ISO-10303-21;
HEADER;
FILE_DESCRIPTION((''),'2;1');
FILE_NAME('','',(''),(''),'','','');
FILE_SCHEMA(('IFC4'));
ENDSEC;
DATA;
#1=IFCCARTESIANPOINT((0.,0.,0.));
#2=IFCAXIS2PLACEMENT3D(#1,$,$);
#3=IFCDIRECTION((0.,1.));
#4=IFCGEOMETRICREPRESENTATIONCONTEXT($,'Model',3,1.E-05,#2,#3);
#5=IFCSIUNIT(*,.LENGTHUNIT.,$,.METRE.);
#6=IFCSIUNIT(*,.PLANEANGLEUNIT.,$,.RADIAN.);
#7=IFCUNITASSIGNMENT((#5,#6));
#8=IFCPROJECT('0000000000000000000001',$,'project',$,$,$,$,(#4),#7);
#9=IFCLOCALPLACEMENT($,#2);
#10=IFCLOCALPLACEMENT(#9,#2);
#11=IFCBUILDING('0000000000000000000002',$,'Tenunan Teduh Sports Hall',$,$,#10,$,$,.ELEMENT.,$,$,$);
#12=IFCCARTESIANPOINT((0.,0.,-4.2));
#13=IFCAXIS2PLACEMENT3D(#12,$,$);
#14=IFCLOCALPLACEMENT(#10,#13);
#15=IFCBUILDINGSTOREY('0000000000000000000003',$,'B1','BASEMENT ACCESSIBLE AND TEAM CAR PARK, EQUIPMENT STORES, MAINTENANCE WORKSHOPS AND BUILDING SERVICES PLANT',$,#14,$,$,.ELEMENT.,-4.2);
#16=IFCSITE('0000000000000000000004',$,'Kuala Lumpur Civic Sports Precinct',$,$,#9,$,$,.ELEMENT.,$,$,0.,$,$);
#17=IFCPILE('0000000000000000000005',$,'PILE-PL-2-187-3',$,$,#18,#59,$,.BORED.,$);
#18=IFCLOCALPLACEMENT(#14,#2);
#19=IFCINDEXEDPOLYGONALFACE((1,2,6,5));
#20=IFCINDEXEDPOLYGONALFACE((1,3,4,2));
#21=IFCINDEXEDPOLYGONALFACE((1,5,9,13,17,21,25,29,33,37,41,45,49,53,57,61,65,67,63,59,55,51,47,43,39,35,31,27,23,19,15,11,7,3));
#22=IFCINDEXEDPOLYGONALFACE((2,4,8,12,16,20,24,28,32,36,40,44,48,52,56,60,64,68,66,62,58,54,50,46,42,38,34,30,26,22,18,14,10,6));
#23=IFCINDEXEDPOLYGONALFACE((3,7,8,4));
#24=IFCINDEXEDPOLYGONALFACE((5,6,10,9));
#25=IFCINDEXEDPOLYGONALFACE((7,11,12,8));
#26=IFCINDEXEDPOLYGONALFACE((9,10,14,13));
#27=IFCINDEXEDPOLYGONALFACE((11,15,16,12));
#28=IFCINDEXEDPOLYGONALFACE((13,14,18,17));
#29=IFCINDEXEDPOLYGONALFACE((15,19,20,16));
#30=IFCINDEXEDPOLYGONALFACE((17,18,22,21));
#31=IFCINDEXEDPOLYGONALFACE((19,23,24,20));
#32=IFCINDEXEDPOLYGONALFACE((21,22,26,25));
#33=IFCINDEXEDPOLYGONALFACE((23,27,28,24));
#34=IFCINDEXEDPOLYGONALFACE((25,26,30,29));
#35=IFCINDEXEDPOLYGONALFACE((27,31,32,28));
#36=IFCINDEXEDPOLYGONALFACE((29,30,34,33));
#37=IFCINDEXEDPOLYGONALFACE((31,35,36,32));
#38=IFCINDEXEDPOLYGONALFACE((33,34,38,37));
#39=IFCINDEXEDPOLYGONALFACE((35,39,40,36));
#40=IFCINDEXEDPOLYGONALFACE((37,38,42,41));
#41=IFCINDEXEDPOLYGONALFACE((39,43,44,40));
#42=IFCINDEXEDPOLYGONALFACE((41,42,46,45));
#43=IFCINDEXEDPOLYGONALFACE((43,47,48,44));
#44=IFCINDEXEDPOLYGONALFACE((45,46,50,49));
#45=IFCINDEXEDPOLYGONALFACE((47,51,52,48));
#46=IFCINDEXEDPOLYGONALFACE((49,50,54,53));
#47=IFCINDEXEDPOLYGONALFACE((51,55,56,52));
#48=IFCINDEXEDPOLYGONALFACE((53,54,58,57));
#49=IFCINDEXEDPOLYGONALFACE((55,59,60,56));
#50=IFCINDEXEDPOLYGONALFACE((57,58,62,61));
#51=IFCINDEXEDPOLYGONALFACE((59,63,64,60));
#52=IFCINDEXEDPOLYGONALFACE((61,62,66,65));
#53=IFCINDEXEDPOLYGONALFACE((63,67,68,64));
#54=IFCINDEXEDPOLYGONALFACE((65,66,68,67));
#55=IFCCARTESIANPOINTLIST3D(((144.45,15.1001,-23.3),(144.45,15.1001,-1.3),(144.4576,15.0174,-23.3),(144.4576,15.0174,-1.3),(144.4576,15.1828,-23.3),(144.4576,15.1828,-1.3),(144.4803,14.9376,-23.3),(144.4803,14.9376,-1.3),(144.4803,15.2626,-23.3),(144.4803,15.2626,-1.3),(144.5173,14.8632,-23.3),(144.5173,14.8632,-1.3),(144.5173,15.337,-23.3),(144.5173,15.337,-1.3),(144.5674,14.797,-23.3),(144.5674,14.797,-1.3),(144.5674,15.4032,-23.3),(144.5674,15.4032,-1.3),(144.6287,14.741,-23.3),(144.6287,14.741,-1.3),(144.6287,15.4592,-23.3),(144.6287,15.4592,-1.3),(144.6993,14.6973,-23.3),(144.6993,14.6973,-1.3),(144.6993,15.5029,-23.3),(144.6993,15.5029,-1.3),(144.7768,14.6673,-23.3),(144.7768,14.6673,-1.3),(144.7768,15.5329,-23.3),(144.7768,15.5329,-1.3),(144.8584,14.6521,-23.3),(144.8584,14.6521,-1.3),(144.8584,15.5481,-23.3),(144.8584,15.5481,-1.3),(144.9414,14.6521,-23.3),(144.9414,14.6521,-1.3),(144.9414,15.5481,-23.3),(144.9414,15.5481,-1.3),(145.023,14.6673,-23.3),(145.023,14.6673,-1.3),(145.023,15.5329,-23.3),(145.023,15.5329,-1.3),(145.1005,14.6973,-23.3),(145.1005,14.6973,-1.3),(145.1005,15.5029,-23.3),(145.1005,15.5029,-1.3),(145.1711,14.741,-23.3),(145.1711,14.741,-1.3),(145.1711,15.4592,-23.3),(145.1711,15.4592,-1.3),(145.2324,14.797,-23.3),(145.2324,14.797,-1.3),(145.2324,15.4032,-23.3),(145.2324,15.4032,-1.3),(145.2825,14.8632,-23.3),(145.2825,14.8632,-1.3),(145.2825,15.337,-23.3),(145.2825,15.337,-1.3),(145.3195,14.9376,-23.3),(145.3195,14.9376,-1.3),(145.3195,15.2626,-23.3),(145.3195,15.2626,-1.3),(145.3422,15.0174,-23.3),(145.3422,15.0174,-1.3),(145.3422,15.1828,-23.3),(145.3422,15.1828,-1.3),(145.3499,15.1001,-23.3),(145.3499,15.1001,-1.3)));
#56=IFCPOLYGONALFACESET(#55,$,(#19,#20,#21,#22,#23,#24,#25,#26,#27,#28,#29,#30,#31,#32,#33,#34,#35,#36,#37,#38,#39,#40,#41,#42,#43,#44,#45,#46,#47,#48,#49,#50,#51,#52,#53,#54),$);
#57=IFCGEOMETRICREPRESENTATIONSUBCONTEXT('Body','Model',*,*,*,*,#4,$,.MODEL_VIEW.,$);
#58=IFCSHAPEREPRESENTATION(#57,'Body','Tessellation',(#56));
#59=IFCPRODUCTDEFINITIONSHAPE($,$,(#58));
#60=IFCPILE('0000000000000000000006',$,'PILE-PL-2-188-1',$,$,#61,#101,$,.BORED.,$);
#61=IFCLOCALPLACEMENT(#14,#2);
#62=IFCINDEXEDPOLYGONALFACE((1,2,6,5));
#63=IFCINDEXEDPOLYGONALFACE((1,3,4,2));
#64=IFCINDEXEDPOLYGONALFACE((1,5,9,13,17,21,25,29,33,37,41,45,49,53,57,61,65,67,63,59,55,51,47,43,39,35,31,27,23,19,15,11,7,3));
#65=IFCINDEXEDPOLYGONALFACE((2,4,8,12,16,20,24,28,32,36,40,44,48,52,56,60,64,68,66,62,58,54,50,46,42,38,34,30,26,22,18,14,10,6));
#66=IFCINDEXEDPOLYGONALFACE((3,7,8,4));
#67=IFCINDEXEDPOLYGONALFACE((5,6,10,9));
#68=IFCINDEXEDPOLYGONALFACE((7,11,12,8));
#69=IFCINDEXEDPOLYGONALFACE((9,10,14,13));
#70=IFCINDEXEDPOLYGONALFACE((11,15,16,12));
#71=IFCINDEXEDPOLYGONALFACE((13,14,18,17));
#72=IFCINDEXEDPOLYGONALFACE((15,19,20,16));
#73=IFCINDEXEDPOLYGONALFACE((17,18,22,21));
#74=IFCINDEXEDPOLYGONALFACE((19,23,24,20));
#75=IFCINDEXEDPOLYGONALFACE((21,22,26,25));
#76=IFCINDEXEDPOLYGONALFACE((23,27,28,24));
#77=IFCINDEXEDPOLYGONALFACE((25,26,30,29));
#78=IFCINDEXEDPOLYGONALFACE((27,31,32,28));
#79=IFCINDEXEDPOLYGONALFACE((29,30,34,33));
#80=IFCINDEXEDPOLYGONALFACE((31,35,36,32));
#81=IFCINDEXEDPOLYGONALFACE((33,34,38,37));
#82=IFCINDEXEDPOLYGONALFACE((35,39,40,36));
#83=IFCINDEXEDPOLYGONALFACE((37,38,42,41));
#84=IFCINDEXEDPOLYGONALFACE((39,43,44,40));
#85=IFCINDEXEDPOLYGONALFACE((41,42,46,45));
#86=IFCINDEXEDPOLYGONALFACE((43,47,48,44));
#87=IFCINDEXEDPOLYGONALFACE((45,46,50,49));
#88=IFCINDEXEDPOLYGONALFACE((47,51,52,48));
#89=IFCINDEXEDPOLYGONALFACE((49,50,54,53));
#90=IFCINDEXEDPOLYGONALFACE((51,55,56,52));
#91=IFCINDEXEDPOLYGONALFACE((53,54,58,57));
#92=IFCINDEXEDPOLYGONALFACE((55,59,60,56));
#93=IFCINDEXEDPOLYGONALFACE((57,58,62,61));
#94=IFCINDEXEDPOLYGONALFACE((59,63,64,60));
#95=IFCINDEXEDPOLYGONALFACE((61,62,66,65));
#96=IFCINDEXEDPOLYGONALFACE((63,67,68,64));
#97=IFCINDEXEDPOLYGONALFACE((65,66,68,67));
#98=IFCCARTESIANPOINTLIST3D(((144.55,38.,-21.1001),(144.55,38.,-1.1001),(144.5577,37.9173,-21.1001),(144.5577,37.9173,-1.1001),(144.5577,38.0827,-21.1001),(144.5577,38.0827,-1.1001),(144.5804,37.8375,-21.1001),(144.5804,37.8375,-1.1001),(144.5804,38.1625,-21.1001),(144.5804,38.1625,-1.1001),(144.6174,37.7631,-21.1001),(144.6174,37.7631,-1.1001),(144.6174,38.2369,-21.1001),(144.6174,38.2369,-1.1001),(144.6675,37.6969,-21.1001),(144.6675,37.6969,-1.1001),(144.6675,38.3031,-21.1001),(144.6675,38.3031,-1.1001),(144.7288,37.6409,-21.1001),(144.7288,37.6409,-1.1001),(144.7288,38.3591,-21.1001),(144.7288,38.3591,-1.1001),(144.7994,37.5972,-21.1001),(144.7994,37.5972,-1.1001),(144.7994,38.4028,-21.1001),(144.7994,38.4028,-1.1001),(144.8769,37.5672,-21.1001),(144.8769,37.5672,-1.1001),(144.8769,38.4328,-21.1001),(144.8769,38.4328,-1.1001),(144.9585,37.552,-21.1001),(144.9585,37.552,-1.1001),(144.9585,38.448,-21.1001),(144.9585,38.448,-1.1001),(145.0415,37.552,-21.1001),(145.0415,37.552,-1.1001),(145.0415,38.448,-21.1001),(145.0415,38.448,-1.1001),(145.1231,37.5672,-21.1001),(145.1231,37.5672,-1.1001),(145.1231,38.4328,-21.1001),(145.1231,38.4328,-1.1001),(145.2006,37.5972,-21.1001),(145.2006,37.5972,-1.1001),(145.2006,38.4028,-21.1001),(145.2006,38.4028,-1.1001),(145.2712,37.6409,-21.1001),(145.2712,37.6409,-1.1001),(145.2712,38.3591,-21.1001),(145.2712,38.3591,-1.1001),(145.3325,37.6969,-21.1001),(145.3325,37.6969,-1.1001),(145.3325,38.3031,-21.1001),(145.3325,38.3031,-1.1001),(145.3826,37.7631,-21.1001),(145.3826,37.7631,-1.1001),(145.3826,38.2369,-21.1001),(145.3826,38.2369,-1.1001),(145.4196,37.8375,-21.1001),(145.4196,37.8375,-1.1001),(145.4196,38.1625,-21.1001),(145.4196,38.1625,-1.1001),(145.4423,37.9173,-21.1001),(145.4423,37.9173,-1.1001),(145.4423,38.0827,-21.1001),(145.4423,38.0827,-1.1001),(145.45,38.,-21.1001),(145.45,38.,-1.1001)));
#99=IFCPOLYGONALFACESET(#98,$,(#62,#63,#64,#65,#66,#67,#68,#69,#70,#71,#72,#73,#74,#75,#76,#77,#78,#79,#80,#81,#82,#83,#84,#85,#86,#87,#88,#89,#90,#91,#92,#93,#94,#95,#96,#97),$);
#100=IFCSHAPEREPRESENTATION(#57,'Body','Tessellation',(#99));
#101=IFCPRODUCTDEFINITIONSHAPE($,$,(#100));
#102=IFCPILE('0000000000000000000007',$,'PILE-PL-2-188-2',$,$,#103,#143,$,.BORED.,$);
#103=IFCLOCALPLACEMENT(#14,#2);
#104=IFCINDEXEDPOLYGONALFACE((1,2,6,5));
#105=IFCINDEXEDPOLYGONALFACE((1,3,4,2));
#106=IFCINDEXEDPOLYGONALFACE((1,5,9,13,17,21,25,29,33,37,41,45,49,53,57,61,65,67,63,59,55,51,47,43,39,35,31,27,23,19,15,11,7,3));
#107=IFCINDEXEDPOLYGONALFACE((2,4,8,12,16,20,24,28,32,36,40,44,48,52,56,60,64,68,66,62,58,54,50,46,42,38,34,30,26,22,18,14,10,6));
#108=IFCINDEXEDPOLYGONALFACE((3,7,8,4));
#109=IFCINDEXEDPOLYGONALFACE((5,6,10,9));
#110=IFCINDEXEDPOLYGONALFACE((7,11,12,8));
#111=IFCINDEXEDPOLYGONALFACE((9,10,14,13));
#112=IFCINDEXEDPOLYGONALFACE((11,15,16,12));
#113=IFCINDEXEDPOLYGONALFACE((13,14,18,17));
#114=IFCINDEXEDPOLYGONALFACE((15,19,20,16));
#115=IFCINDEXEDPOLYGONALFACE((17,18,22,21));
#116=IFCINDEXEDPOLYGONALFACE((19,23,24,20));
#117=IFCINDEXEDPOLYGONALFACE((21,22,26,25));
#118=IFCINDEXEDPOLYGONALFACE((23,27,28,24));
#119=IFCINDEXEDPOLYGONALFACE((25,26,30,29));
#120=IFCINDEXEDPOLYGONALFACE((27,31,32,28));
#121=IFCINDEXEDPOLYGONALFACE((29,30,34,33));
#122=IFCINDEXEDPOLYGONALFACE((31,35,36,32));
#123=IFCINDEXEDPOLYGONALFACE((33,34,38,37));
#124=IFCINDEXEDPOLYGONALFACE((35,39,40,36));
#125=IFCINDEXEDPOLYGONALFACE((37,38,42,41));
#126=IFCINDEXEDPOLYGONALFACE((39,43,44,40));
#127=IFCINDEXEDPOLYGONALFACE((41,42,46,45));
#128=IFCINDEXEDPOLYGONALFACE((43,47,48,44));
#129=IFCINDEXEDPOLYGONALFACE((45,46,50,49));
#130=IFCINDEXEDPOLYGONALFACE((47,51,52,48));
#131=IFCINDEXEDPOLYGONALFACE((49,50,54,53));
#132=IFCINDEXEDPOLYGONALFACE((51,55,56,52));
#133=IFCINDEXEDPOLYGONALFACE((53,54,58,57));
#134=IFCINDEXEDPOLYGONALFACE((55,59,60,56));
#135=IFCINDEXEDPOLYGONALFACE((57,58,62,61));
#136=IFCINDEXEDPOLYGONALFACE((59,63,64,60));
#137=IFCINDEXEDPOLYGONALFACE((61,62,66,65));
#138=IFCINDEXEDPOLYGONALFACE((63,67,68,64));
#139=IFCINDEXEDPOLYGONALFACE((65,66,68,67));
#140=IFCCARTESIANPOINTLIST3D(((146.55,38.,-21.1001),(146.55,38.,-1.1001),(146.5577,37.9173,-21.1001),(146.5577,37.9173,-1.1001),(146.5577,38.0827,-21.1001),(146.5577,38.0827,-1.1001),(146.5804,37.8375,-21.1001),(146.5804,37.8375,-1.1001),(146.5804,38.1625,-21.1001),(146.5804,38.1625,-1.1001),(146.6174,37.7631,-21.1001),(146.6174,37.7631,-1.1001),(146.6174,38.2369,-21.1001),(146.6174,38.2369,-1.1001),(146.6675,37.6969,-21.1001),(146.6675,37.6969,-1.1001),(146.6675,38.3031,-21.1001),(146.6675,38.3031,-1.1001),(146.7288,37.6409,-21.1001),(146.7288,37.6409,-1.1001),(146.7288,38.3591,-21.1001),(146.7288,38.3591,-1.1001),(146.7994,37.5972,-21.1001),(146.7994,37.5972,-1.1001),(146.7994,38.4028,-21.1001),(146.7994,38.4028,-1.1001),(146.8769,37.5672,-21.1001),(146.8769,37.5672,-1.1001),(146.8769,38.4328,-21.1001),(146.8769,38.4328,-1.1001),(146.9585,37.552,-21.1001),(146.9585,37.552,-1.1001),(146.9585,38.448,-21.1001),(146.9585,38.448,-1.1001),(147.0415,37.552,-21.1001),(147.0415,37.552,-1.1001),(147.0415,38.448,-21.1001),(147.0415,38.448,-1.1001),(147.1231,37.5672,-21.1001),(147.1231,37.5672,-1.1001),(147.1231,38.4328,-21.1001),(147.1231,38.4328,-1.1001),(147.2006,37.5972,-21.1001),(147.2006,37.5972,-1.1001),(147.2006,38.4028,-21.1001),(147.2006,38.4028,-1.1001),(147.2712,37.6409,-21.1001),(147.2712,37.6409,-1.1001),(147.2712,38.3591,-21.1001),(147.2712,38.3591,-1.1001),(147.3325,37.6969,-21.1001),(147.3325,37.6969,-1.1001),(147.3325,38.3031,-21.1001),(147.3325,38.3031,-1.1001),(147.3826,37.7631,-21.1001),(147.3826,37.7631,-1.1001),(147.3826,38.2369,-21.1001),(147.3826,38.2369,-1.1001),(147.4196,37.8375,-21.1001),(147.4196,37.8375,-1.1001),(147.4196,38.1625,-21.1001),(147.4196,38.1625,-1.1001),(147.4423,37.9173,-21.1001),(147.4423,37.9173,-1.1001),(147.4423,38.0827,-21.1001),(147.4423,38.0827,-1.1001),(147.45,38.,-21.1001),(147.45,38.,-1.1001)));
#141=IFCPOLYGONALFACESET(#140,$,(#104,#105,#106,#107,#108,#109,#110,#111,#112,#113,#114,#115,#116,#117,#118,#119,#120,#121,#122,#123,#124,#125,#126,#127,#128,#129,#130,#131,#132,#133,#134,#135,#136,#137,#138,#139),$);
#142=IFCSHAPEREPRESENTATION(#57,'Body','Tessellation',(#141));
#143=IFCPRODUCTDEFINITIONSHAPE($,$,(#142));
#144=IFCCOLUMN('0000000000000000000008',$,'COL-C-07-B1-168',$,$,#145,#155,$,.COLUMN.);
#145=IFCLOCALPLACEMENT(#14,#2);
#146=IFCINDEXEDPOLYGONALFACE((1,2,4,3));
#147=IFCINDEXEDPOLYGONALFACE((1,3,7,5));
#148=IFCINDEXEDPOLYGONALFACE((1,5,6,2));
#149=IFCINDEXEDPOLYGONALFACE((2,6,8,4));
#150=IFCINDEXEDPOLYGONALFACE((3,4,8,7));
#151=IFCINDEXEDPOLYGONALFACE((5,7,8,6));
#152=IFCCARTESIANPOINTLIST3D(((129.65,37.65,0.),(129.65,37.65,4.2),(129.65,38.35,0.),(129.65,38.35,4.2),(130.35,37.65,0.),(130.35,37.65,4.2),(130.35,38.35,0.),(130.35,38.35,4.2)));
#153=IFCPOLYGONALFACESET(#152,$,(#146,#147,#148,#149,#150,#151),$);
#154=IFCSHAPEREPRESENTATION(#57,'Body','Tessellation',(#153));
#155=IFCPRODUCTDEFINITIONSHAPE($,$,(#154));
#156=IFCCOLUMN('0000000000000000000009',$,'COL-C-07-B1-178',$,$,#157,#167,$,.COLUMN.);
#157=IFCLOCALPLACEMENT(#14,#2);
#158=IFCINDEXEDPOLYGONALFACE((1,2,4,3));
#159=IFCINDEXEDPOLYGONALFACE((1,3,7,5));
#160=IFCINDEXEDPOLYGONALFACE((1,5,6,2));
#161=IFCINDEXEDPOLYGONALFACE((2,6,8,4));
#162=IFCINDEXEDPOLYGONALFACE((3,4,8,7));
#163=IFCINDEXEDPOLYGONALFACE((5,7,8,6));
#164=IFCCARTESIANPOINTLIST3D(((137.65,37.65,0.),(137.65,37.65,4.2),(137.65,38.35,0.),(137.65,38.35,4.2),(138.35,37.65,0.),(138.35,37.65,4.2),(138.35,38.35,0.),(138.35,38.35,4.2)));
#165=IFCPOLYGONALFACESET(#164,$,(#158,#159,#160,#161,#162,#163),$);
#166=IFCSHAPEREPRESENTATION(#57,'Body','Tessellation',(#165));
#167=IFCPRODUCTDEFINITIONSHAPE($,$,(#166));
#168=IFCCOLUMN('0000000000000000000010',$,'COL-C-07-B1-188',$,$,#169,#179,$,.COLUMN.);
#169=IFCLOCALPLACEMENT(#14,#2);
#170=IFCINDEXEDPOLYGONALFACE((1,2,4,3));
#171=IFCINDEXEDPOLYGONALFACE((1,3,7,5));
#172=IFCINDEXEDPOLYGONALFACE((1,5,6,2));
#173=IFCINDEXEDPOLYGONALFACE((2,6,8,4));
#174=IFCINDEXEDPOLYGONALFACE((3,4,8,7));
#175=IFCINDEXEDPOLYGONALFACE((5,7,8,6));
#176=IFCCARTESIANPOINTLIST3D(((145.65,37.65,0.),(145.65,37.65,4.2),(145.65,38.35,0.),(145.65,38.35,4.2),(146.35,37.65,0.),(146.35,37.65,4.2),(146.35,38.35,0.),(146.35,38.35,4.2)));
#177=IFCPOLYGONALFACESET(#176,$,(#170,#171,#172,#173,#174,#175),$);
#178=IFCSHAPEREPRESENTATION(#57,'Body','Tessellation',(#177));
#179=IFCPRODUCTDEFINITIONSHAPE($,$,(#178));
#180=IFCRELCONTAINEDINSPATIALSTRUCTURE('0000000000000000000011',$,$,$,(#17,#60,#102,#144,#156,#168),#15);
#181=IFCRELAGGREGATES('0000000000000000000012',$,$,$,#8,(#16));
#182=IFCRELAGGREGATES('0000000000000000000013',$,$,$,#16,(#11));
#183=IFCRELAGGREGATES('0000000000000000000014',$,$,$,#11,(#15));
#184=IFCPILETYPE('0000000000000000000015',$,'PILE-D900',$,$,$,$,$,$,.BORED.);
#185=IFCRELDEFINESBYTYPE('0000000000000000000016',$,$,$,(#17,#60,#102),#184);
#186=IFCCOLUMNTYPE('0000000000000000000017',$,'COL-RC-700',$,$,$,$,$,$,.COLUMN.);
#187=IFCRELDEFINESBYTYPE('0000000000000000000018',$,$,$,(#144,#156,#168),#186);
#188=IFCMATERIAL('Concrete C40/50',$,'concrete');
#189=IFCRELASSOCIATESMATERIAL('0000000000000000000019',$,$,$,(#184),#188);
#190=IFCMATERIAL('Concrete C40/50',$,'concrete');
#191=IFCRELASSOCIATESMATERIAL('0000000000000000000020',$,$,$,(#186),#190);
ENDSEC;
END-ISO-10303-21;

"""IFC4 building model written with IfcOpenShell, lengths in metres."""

from ifc_helpers import new_model, si_unit, direction, frame, origin, origin_2d, place, context, subcontext, project, spatial, rectangle, circle, extrude, material, material_profile, profile_set, type_object, element, save


model = new_model("IFC4")

# Units and contexts
model_context = context("Model", 3, precision=1e-05, world=origin(), true_north=direction((0.0, 1.0)))
body_context = subcontext(model_context, "Body", "Model", "MODEL_VIEW")
ifc_project = project(units=[si_unit("LENGTHUNIT", "METRE"), si_unit("PLANEANGLEUNIT", "RADIAN")], contexts=[model_context])

# Site, building, storey
site_placement = place(None, origin())
site = spatial("IfcSite", under=ifc_project, at=site_placement, Name="Kuala Lumpur Civic Sports Precinct", CompositionType="ELEMENT", RefElevation=0.0)
building_placement = place(site_placement, origin())
building = spatial("IfcBuilding", under=site, at=building_placement, Name="Tenunan Teduh Sports Hall", CompositionType="ELEMENT")
storey_placement = place(building_placement, frame((0.0, 0.0, -4.2)))
storey = spatial("IfcBuildingStorey", under=building, at=storey_placement, Name="B1", Description="BASEMENT ACCESSIBLE AND TEAM CAR PARK, EQUIPMENT STORES, MAINTENANCE WORKSHOPS AND BUILDING SERVICES PLANT", CompositionType="ELEMENT", Elevation=-4.2)

# Piles
ifc_material_1 = material(Name="Concrete C40/50", Category="concrete")
ifc_material_profile_1 = material_profile(ifc_material_1, circle(Radius=0.45, at=origin_2d()), Name="PILE D900")
ifc_profile_set_1 = profile_set([ifc_material_profile_1], Name="Concrete C40/50")
pile_type = type_object("IfcPileType", Name="PILE-D900", PredefinedType="BORED", material=ifc_profile_set_1)
pile_placement = place(storey_placement, frame((144.8999, 15.1001, -1.3), z_axis=(0.0, 0.0, -1.0), x_axis=(1.0, 0.0, 0.0)))
element("IfcPile", 1, at=pile_placement, inside=storey, type_object=pile_type, Name="PILE-PL-2-187-3", PredefinedType="BORED", context=body_context, shape_type="SweptSolid", body=[
    extrude(circle(Radius=0.45, at=origin_2d()), origin(), (0.0, 0.0, 1.0), 22.0),
])
for number, where, z_axis, x_axis, name in (
    (2, (145.0, 38.0, -1.1001), (0.0, 0.0, -1.0), (1.0, 0.0, 0.0), "PILE-PL-2-188-1"),
    (3, (147.0, 38.0, -1.1001), (0.0, 0.0, -1.0), (1.0, 0.0, 0.0), "PILE-PL-2-188-2"),
):
    element("IfcPile", number, at=place(storey_placement, frame(where, z_axis=z_axis, x_axis=x_axis)), inside=storey, type_object=pile_type, Name=name, PredefinedType="BORED", context=body_context, shape_type="SweptSolid", body=[
        extrude(circle(Radius=0.45, at=origin_2d()), origin(), (0.0, 0.0, 1.0), 20.0),
    ])

# Columns
ifc_material_2 = material(Name="Concrete C40/50", Category="concrete")
ifc_material_profile_2 = material_profile(ifc_material_2, rectangle(XDim=0.7, YDim=0.7, at=origin_2d()), Name="RC 700x700")
ifc_profile_set_2 = profile_set([ifc_material_profile_2], Name="Concrete C40/50")
column_type_1 = type_object("IfcColumnType", Name="COL-RC-700", PredefinedType="COLUMN", material=ifc_profile_set_2)
for number, where, z_axis, x_axis, name in (
    (4, (130.0, 38.0, 0.0), (0.0, 0.0, 1.0), (1.0, 0.0, 0.0), "COL-C-07-B1-168"),
    (5, (138.0, 38.0, 0.0), (0.0, 0.0, 1.0), (1.0, 0.0, 0.0), "COL-C-07-B1-178"),
    (6, (146.0, 38.0, 0.0), (0.0, 0.0, 1.0), (1.0, 0.0, 0.0), "COL-C-07-B1-188"),
):
    element("IfcColumn", number, at=place(storey_placement, frame(where, z_axis=z_axis, x_axis=x_axis)), inside=storey, type_object=column_type_1, Name=name, PredefinedType="COLUMN", context=body_context, shape_type="SweptSolid", body=[
        extrude(rectangle(XDim=0.7, YDim=0.7, at=origin_2d()), origin(), (0.0, 0.0, 1.0), 4.2),
    ])

save(model, "model.ifc")
